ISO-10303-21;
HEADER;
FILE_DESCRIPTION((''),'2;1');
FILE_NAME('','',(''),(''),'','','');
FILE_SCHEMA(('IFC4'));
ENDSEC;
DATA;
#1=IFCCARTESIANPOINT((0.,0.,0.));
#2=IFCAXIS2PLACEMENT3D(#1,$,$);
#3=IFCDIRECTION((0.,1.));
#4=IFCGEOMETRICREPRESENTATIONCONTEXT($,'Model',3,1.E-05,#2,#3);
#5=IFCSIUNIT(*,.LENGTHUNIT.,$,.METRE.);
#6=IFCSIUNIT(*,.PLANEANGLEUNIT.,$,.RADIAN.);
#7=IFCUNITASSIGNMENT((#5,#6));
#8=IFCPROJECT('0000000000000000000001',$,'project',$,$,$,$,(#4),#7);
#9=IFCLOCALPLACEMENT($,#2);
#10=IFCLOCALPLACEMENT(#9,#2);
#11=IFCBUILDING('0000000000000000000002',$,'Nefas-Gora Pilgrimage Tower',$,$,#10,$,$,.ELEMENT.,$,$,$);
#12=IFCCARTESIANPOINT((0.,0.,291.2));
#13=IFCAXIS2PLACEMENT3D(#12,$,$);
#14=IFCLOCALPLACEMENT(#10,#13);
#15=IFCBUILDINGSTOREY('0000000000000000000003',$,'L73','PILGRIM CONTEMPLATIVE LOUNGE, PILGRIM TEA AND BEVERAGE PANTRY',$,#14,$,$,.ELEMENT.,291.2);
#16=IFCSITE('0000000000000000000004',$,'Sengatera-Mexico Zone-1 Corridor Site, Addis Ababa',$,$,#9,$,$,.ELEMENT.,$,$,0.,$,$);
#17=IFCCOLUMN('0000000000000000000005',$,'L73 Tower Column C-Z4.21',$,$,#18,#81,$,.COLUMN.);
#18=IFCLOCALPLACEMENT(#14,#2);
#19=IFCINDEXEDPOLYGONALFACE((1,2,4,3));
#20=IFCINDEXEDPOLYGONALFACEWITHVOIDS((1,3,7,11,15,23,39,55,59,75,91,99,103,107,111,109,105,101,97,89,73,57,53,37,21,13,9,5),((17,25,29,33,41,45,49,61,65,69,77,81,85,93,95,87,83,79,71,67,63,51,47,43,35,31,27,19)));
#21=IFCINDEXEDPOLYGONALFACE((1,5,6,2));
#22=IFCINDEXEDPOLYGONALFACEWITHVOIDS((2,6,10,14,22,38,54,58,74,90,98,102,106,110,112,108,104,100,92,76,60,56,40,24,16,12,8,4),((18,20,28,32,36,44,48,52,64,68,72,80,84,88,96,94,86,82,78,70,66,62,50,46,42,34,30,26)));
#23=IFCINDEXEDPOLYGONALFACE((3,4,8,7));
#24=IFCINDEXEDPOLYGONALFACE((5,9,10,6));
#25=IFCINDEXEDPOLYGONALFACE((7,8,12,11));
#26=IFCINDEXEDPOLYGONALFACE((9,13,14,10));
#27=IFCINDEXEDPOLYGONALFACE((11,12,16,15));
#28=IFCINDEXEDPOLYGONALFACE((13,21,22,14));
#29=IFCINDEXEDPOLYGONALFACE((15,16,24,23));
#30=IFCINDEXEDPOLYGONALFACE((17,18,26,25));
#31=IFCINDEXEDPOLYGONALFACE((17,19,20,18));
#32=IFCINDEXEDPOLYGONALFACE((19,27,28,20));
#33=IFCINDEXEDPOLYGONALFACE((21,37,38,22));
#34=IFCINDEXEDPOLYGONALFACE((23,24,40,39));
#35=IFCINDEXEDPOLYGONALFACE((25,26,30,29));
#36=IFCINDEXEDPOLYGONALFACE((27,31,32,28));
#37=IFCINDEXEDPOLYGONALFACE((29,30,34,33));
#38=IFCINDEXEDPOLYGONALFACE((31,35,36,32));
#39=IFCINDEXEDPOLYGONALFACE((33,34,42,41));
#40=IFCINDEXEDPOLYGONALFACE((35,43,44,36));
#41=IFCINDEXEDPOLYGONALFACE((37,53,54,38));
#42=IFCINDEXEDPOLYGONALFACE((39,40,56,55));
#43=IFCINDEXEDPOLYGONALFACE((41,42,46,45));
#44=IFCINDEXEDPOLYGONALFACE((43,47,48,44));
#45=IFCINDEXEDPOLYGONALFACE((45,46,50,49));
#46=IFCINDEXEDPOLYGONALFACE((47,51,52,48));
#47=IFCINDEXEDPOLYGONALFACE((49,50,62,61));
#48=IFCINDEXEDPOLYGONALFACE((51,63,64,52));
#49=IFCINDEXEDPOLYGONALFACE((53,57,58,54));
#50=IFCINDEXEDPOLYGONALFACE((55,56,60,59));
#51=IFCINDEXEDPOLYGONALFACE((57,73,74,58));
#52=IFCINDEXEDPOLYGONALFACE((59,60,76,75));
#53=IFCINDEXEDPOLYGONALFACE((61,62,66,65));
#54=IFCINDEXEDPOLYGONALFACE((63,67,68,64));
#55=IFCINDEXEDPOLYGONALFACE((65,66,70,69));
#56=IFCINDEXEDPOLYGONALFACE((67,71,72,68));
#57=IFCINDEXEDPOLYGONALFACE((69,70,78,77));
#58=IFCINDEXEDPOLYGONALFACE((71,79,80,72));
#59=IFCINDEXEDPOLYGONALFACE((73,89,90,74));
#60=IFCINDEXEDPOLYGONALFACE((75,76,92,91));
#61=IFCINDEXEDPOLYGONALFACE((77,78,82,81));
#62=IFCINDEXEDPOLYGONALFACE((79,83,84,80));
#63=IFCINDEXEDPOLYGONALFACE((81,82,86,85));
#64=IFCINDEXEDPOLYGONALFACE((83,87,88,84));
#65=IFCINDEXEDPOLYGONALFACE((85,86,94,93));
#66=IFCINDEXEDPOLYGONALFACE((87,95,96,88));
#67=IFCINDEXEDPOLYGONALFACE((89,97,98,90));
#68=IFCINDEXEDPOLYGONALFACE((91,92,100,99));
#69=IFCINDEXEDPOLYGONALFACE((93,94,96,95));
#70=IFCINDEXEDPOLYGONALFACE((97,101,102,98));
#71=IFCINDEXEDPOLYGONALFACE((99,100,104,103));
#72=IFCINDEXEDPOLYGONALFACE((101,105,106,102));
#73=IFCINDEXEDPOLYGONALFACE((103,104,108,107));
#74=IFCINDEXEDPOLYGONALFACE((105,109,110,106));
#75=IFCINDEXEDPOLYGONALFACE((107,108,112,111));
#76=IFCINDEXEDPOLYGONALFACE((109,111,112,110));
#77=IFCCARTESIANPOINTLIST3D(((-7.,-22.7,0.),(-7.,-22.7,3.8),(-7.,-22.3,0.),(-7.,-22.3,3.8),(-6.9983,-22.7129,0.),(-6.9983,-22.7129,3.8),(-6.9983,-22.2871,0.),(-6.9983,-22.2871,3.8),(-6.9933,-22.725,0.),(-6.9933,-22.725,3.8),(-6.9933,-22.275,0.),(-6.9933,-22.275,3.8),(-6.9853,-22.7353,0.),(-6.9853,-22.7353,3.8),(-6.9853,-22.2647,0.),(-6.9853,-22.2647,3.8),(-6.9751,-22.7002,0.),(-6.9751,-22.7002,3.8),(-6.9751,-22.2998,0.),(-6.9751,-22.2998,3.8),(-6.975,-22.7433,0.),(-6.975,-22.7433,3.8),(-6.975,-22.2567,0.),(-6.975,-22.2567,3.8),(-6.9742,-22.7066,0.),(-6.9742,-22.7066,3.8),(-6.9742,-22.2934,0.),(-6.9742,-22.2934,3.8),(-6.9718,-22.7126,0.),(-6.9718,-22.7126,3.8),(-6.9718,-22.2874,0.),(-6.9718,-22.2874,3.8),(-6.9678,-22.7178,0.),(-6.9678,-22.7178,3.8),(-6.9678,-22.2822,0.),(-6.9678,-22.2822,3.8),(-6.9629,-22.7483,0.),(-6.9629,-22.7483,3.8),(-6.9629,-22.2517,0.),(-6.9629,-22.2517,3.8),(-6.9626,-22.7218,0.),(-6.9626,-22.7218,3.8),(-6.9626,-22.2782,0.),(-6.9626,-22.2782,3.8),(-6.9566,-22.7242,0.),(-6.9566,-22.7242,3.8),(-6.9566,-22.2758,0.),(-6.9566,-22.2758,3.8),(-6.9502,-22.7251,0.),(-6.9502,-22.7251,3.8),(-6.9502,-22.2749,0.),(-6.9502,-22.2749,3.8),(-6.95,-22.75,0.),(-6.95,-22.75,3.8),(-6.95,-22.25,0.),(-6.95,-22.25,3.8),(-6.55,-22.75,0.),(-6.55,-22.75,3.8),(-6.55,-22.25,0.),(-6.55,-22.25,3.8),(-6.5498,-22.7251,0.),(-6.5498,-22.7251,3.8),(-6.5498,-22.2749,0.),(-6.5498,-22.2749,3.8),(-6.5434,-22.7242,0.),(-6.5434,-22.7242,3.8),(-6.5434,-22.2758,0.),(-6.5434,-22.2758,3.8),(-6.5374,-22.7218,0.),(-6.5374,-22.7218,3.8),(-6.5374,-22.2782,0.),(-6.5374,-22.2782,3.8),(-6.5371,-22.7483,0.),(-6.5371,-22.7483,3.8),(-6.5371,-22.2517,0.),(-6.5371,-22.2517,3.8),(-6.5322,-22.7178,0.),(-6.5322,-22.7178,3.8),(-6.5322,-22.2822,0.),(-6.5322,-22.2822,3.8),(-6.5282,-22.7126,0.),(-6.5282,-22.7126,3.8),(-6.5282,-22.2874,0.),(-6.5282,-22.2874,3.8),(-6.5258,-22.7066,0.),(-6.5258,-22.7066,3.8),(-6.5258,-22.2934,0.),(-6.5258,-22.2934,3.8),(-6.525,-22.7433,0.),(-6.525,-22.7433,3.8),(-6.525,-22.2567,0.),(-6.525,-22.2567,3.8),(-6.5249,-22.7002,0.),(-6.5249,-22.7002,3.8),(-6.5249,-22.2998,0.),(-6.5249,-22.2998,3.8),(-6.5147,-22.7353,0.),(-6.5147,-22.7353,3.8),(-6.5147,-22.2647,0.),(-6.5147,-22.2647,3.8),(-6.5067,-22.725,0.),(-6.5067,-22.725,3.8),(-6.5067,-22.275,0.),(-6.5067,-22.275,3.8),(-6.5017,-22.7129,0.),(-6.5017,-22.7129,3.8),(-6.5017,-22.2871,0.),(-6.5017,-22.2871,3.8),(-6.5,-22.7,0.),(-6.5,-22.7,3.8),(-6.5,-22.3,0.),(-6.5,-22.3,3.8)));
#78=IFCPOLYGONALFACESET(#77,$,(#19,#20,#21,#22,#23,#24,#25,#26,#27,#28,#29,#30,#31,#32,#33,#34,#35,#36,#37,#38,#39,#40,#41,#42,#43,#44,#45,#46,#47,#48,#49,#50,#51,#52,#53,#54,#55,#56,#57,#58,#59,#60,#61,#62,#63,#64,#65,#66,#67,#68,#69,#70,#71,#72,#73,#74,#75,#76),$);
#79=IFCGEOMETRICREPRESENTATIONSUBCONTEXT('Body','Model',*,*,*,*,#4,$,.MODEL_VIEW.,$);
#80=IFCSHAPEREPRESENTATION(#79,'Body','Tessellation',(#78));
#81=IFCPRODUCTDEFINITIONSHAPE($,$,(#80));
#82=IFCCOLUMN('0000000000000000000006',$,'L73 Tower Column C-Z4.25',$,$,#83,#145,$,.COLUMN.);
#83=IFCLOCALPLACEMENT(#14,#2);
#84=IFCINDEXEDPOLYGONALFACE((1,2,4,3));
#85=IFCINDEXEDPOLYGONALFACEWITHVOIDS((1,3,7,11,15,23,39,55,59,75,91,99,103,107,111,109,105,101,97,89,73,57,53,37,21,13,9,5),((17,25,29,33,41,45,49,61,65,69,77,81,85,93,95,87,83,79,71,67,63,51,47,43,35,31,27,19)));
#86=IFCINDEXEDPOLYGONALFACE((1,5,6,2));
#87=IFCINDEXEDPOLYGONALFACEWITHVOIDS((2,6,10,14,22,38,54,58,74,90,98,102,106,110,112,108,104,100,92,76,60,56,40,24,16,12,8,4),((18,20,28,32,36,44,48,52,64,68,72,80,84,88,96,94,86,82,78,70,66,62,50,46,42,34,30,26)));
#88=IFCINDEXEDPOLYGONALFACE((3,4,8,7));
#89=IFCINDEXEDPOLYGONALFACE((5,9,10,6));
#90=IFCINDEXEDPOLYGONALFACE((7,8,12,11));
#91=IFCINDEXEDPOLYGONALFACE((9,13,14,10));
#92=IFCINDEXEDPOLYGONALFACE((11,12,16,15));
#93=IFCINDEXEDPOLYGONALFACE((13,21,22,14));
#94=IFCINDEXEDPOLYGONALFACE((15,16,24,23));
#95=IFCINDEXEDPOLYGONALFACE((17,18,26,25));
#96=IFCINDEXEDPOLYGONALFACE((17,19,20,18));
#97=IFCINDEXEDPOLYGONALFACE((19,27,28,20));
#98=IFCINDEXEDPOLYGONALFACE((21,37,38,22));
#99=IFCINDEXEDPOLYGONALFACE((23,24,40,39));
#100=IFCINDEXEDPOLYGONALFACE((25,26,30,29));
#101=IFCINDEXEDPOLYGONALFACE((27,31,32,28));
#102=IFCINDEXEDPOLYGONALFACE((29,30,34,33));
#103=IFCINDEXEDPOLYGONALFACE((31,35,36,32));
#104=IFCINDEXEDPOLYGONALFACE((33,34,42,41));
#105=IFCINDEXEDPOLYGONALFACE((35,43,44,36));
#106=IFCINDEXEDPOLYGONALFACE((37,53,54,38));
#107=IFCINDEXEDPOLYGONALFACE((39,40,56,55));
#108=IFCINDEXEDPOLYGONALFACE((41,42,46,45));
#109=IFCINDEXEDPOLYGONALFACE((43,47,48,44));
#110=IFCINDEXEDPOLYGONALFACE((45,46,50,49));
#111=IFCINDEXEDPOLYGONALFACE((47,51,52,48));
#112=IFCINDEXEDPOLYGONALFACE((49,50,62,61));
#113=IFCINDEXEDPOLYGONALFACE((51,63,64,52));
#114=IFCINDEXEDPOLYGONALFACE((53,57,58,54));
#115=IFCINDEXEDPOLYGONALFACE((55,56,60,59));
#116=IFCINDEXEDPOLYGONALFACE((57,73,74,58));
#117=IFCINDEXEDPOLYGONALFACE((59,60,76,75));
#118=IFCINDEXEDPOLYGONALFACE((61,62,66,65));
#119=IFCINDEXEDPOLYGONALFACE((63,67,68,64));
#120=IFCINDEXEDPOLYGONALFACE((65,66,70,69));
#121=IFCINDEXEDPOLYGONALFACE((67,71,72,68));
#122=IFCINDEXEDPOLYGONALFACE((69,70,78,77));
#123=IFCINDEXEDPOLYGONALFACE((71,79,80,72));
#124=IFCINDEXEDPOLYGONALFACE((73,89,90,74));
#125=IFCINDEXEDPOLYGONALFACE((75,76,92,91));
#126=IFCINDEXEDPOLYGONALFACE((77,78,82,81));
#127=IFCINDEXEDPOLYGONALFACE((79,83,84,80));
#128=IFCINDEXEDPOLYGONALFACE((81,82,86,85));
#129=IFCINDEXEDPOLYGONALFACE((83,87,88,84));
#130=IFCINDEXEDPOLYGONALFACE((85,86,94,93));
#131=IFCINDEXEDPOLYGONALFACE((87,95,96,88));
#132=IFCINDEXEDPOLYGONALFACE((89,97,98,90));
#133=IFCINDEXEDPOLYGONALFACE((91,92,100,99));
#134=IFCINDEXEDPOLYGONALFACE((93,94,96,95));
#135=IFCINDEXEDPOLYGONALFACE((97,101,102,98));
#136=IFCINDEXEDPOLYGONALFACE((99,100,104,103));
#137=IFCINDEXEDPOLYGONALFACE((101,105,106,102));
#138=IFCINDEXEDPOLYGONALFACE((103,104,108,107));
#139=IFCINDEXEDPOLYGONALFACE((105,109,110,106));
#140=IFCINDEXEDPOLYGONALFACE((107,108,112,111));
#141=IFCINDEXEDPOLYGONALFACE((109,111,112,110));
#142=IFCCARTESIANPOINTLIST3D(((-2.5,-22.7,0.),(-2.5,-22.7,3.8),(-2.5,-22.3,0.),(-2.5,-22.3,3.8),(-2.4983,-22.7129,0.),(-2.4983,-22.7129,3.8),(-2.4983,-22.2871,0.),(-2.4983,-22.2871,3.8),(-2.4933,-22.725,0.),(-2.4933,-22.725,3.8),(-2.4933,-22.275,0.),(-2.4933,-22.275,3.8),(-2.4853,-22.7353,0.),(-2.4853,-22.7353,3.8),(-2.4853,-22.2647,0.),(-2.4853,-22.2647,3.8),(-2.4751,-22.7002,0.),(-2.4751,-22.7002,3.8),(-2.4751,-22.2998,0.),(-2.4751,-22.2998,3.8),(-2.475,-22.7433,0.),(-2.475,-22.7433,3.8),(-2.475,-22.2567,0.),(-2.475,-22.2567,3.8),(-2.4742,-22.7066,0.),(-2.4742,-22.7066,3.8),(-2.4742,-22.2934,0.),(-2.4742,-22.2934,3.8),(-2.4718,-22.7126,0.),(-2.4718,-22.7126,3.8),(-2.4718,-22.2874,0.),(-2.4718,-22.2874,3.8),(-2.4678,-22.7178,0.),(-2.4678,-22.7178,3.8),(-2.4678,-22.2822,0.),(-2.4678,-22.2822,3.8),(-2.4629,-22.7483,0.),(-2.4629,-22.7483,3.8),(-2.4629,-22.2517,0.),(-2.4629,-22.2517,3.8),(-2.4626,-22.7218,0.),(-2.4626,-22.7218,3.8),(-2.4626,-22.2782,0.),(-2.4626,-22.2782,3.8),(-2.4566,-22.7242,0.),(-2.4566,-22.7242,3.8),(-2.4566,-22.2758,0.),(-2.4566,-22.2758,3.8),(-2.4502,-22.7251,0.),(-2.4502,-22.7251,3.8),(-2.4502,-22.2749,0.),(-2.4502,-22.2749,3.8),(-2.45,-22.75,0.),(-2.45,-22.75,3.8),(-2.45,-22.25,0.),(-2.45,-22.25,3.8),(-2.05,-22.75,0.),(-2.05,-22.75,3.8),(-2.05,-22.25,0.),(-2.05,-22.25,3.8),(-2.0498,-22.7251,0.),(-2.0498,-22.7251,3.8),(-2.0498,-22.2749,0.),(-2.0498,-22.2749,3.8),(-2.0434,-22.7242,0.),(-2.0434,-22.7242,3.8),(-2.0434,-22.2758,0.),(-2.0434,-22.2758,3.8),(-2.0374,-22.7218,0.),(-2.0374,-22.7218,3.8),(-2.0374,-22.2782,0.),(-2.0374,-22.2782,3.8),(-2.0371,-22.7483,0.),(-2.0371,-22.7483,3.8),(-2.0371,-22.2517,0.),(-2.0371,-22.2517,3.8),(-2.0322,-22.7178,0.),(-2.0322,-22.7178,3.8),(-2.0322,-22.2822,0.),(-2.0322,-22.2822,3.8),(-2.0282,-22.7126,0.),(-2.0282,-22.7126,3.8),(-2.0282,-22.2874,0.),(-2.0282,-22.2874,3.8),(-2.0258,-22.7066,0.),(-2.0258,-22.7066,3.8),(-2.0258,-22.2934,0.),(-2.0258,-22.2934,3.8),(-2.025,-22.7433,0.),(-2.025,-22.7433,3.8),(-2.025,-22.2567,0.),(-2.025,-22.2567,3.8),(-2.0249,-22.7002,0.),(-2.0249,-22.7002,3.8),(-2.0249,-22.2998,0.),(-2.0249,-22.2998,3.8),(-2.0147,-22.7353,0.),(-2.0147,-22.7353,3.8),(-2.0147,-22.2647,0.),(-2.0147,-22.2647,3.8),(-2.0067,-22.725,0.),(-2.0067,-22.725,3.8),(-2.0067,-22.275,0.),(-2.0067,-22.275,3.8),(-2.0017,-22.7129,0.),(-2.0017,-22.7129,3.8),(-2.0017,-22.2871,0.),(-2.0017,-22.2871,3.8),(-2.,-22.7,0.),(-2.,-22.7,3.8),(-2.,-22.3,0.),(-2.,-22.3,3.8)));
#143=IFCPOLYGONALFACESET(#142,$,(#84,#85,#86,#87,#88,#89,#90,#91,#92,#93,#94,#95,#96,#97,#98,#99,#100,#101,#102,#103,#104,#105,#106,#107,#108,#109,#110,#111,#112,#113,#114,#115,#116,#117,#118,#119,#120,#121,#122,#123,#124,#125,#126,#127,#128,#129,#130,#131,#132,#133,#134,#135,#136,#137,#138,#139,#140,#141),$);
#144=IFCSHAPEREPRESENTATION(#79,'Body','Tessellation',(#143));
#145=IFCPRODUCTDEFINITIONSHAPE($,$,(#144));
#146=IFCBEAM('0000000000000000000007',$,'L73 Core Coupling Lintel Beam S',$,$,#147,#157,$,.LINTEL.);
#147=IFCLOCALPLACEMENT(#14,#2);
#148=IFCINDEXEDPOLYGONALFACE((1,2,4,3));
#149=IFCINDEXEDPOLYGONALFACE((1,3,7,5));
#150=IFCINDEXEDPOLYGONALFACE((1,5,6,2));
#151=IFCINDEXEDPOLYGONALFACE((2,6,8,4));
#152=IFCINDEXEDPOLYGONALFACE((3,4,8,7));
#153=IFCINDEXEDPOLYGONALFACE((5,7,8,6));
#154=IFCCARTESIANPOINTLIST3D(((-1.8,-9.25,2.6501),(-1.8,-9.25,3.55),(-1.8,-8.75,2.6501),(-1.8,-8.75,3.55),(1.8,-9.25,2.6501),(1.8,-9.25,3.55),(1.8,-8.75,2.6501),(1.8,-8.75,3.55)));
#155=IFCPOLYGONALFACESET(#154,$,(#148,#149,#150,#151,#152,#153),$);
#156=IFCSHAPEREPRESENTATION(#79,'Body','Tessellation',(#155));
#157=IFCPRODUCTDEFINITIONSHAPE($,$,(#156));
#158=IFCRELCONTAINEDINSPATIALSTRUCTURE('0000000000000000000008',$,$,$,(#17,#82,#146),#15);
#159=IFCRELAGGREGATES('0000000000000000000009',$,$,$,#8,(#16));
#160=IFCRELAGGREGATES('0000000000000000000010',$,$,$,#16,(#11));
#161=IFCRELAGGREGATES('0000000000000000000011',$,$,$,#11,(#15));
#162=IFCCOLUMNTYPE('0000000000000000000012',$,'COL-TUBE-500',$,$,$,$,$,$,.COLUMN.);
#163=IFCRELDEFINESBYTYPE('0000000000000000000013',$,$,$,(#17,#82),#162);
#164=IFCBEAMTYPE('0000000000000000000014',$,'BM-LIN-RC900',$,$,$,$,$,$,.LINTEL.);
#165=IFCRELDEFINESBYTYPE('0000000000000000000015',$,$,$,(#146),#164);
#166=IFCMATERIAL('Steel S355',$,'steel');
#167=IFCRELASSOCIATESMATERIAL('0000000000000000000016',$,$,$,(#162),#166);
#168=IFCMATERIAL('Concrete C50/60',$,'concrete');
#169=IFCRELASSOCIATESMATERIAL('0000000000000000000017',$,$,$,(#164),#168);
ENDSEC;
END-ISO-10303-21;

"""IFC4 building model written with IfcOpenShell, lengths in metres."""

from ifc_helpers import new_model, si_unit, direction, frame, origin, origin_2d, place, context, subcontext, project, spatial, rectangle, hollow_rectangle, extrude, source, transform, mapped, material, material_profile, profile_set, type_object, element, save


model = new_model("IFC4")

# Units and contexts
model_context = context("Model", 3, precision=1e-05, world=origin(), true_north=direction((0.0, 1.0)))
body_context = subcontext(model_context, "Body", "Model", "MODEL_VIEW")
ifc_project = project(units=[si_unit("LENGTHUNIT", "METRE"), si_unit("PLANEANGLEUNIT", "RADIAN")], contexts=[model_context])

# Site, building, storey
site_placement = place(None, origin())
site = spatial("IfcSite", under=ifc_project, at=site_placement, Name="Sengatera-Mexico Zone-1 Corridor Site, Addis Ababa", CompositionType="ELEMENT", RefElevation=0.0)
building_placement = place(site_placement, origin())
building = spatial("IfcBuilding", under=site, at=building_placement, Name="Nefas-Gora Pilgrimage Tower", CompositionType="ELEMENT")
storey_placement = place(building_placement, frame((0.0, 0.0, 291.2)))
storey = spatial("IfcBuildingStorey", under=building, at=storey_placement, Name="L73", Description="PILGRIM CONTEMPLATIVE LOUNGE, PILGRIM TEA AND BEVERAGE PANTRY", CompositionType="ELEMENT", Elevation=291.2)

# Columns
ifc_material_1 = material(Name="Steel S355", Category="steel")
ifc_material_profile_1 = material_profile(ifc_material_1, hollow_rectangle(XDim=0.5, YDim=0.5, WallThickness=0.0249, InnerFilletRadius=0.0249, OuterFilletRadius=0.05, at=origin_2d()), Name="SHS 500x500x25")
ifc_profile_set_1 = profile_set([ifc_material_profile_1], Name="Steel S355")
column_type_1 = type_object("IfcColumnType", Name="COL-TUBE-500", PredefinedType="COLUMN", material=ifc_profile_set_1)
shared_shape_1 = source(origin(), body_context, "Body", "SweptSolid", [
    extrude(hollow_rectangle(XDim=0.5, YDim=0.5, WallThickness=0.0249, InnerFilletRadius=0.0249, OuterFilletRadius=0.05, at=origin_2d()), origin(), (0.0, 0.0, 1.0), 3.8),
])
for number, where, z_axis, x_axis, name in (
    (1, (-6.75, -22.5, 0.0), (0.0, 0.0, 1.0), (1.0, 0.0, 0.0), "L73 Tower Column C-Z4.21"),
    (2, (-2.25, -22.5, 0.0), (0.0, 0.0, 1.0), (1.0, 0.0, 0.0), "L73 Tower Column C-Z4.25"),
):
    element("IfcColumn", number, at=place(storey_placement, frame(where, z_axis=z_axis, x_axis=x_axis)), inside=storey, type_object=column_type_1, Name=name, PredefinedType="COLUMN", context=body_context, shape_type="MappedRepresentation", body=[
        mapped(shared_shape_1, transform((0.0, 0.0, 0.0), x_axis=(1.0, 0.0, 0.0), y_axis=(0.0, 1.0, 0.0), z_axis=(0.0, 0.0, 1.0), scale=1.0)),
    ])

# Beam
ifc_material_2 = material(Name="Concrete C50/60", Category="concrete")
ifc_material_profile_2 = material_profile(ifc_material_2, rectangle(XDim=0.5, YDim=0.8999, at=origin_2d()), Name="RC 500x900")
ifc_profile_set_2 = profile_set([ifc_material_profile_2], Name="Concrete C50/60")
beam_type_1 = type_object("IfcBeamType", Name="BM-LIN-RC900", PredefinedType="LINTEL", material=ifc_profile_set_2)
shared_shape_2 = source(origin(), body_context, "Body", "SweptSolid", [
    extrude(rectangle(XDim=0.5, YDim=0.8999, at=origin_2d()), origin(), (0.0, 0.0, 1.0), 3.6001),
])
beam_placement = place(storey_placement, frame((-1.8, -9.0, 3.1001), z_axis=(1.0, 0.0, 0.0), x_axis=(0.0, 1.0, 0.0)))
element("IfcBeam", 3, at=beam_placement, inside=storey, type_object=beam_type_1, Name="L73 Core Coupling Lintel Beam S", PredefinedType="LINTEL", context=body_context, shape_type="MappedRepresentation", body=[
    mapped(shared_shape_2, transform((0.0, 0.0, 0.0), x_axis=(1.0, 0.0, 0.0), y_axis=(0.0, 1.0, 0.0), z_axis=(0.0, 0.0, 1.0), scale=1.0)),
])

save(model, "model.ifc")
